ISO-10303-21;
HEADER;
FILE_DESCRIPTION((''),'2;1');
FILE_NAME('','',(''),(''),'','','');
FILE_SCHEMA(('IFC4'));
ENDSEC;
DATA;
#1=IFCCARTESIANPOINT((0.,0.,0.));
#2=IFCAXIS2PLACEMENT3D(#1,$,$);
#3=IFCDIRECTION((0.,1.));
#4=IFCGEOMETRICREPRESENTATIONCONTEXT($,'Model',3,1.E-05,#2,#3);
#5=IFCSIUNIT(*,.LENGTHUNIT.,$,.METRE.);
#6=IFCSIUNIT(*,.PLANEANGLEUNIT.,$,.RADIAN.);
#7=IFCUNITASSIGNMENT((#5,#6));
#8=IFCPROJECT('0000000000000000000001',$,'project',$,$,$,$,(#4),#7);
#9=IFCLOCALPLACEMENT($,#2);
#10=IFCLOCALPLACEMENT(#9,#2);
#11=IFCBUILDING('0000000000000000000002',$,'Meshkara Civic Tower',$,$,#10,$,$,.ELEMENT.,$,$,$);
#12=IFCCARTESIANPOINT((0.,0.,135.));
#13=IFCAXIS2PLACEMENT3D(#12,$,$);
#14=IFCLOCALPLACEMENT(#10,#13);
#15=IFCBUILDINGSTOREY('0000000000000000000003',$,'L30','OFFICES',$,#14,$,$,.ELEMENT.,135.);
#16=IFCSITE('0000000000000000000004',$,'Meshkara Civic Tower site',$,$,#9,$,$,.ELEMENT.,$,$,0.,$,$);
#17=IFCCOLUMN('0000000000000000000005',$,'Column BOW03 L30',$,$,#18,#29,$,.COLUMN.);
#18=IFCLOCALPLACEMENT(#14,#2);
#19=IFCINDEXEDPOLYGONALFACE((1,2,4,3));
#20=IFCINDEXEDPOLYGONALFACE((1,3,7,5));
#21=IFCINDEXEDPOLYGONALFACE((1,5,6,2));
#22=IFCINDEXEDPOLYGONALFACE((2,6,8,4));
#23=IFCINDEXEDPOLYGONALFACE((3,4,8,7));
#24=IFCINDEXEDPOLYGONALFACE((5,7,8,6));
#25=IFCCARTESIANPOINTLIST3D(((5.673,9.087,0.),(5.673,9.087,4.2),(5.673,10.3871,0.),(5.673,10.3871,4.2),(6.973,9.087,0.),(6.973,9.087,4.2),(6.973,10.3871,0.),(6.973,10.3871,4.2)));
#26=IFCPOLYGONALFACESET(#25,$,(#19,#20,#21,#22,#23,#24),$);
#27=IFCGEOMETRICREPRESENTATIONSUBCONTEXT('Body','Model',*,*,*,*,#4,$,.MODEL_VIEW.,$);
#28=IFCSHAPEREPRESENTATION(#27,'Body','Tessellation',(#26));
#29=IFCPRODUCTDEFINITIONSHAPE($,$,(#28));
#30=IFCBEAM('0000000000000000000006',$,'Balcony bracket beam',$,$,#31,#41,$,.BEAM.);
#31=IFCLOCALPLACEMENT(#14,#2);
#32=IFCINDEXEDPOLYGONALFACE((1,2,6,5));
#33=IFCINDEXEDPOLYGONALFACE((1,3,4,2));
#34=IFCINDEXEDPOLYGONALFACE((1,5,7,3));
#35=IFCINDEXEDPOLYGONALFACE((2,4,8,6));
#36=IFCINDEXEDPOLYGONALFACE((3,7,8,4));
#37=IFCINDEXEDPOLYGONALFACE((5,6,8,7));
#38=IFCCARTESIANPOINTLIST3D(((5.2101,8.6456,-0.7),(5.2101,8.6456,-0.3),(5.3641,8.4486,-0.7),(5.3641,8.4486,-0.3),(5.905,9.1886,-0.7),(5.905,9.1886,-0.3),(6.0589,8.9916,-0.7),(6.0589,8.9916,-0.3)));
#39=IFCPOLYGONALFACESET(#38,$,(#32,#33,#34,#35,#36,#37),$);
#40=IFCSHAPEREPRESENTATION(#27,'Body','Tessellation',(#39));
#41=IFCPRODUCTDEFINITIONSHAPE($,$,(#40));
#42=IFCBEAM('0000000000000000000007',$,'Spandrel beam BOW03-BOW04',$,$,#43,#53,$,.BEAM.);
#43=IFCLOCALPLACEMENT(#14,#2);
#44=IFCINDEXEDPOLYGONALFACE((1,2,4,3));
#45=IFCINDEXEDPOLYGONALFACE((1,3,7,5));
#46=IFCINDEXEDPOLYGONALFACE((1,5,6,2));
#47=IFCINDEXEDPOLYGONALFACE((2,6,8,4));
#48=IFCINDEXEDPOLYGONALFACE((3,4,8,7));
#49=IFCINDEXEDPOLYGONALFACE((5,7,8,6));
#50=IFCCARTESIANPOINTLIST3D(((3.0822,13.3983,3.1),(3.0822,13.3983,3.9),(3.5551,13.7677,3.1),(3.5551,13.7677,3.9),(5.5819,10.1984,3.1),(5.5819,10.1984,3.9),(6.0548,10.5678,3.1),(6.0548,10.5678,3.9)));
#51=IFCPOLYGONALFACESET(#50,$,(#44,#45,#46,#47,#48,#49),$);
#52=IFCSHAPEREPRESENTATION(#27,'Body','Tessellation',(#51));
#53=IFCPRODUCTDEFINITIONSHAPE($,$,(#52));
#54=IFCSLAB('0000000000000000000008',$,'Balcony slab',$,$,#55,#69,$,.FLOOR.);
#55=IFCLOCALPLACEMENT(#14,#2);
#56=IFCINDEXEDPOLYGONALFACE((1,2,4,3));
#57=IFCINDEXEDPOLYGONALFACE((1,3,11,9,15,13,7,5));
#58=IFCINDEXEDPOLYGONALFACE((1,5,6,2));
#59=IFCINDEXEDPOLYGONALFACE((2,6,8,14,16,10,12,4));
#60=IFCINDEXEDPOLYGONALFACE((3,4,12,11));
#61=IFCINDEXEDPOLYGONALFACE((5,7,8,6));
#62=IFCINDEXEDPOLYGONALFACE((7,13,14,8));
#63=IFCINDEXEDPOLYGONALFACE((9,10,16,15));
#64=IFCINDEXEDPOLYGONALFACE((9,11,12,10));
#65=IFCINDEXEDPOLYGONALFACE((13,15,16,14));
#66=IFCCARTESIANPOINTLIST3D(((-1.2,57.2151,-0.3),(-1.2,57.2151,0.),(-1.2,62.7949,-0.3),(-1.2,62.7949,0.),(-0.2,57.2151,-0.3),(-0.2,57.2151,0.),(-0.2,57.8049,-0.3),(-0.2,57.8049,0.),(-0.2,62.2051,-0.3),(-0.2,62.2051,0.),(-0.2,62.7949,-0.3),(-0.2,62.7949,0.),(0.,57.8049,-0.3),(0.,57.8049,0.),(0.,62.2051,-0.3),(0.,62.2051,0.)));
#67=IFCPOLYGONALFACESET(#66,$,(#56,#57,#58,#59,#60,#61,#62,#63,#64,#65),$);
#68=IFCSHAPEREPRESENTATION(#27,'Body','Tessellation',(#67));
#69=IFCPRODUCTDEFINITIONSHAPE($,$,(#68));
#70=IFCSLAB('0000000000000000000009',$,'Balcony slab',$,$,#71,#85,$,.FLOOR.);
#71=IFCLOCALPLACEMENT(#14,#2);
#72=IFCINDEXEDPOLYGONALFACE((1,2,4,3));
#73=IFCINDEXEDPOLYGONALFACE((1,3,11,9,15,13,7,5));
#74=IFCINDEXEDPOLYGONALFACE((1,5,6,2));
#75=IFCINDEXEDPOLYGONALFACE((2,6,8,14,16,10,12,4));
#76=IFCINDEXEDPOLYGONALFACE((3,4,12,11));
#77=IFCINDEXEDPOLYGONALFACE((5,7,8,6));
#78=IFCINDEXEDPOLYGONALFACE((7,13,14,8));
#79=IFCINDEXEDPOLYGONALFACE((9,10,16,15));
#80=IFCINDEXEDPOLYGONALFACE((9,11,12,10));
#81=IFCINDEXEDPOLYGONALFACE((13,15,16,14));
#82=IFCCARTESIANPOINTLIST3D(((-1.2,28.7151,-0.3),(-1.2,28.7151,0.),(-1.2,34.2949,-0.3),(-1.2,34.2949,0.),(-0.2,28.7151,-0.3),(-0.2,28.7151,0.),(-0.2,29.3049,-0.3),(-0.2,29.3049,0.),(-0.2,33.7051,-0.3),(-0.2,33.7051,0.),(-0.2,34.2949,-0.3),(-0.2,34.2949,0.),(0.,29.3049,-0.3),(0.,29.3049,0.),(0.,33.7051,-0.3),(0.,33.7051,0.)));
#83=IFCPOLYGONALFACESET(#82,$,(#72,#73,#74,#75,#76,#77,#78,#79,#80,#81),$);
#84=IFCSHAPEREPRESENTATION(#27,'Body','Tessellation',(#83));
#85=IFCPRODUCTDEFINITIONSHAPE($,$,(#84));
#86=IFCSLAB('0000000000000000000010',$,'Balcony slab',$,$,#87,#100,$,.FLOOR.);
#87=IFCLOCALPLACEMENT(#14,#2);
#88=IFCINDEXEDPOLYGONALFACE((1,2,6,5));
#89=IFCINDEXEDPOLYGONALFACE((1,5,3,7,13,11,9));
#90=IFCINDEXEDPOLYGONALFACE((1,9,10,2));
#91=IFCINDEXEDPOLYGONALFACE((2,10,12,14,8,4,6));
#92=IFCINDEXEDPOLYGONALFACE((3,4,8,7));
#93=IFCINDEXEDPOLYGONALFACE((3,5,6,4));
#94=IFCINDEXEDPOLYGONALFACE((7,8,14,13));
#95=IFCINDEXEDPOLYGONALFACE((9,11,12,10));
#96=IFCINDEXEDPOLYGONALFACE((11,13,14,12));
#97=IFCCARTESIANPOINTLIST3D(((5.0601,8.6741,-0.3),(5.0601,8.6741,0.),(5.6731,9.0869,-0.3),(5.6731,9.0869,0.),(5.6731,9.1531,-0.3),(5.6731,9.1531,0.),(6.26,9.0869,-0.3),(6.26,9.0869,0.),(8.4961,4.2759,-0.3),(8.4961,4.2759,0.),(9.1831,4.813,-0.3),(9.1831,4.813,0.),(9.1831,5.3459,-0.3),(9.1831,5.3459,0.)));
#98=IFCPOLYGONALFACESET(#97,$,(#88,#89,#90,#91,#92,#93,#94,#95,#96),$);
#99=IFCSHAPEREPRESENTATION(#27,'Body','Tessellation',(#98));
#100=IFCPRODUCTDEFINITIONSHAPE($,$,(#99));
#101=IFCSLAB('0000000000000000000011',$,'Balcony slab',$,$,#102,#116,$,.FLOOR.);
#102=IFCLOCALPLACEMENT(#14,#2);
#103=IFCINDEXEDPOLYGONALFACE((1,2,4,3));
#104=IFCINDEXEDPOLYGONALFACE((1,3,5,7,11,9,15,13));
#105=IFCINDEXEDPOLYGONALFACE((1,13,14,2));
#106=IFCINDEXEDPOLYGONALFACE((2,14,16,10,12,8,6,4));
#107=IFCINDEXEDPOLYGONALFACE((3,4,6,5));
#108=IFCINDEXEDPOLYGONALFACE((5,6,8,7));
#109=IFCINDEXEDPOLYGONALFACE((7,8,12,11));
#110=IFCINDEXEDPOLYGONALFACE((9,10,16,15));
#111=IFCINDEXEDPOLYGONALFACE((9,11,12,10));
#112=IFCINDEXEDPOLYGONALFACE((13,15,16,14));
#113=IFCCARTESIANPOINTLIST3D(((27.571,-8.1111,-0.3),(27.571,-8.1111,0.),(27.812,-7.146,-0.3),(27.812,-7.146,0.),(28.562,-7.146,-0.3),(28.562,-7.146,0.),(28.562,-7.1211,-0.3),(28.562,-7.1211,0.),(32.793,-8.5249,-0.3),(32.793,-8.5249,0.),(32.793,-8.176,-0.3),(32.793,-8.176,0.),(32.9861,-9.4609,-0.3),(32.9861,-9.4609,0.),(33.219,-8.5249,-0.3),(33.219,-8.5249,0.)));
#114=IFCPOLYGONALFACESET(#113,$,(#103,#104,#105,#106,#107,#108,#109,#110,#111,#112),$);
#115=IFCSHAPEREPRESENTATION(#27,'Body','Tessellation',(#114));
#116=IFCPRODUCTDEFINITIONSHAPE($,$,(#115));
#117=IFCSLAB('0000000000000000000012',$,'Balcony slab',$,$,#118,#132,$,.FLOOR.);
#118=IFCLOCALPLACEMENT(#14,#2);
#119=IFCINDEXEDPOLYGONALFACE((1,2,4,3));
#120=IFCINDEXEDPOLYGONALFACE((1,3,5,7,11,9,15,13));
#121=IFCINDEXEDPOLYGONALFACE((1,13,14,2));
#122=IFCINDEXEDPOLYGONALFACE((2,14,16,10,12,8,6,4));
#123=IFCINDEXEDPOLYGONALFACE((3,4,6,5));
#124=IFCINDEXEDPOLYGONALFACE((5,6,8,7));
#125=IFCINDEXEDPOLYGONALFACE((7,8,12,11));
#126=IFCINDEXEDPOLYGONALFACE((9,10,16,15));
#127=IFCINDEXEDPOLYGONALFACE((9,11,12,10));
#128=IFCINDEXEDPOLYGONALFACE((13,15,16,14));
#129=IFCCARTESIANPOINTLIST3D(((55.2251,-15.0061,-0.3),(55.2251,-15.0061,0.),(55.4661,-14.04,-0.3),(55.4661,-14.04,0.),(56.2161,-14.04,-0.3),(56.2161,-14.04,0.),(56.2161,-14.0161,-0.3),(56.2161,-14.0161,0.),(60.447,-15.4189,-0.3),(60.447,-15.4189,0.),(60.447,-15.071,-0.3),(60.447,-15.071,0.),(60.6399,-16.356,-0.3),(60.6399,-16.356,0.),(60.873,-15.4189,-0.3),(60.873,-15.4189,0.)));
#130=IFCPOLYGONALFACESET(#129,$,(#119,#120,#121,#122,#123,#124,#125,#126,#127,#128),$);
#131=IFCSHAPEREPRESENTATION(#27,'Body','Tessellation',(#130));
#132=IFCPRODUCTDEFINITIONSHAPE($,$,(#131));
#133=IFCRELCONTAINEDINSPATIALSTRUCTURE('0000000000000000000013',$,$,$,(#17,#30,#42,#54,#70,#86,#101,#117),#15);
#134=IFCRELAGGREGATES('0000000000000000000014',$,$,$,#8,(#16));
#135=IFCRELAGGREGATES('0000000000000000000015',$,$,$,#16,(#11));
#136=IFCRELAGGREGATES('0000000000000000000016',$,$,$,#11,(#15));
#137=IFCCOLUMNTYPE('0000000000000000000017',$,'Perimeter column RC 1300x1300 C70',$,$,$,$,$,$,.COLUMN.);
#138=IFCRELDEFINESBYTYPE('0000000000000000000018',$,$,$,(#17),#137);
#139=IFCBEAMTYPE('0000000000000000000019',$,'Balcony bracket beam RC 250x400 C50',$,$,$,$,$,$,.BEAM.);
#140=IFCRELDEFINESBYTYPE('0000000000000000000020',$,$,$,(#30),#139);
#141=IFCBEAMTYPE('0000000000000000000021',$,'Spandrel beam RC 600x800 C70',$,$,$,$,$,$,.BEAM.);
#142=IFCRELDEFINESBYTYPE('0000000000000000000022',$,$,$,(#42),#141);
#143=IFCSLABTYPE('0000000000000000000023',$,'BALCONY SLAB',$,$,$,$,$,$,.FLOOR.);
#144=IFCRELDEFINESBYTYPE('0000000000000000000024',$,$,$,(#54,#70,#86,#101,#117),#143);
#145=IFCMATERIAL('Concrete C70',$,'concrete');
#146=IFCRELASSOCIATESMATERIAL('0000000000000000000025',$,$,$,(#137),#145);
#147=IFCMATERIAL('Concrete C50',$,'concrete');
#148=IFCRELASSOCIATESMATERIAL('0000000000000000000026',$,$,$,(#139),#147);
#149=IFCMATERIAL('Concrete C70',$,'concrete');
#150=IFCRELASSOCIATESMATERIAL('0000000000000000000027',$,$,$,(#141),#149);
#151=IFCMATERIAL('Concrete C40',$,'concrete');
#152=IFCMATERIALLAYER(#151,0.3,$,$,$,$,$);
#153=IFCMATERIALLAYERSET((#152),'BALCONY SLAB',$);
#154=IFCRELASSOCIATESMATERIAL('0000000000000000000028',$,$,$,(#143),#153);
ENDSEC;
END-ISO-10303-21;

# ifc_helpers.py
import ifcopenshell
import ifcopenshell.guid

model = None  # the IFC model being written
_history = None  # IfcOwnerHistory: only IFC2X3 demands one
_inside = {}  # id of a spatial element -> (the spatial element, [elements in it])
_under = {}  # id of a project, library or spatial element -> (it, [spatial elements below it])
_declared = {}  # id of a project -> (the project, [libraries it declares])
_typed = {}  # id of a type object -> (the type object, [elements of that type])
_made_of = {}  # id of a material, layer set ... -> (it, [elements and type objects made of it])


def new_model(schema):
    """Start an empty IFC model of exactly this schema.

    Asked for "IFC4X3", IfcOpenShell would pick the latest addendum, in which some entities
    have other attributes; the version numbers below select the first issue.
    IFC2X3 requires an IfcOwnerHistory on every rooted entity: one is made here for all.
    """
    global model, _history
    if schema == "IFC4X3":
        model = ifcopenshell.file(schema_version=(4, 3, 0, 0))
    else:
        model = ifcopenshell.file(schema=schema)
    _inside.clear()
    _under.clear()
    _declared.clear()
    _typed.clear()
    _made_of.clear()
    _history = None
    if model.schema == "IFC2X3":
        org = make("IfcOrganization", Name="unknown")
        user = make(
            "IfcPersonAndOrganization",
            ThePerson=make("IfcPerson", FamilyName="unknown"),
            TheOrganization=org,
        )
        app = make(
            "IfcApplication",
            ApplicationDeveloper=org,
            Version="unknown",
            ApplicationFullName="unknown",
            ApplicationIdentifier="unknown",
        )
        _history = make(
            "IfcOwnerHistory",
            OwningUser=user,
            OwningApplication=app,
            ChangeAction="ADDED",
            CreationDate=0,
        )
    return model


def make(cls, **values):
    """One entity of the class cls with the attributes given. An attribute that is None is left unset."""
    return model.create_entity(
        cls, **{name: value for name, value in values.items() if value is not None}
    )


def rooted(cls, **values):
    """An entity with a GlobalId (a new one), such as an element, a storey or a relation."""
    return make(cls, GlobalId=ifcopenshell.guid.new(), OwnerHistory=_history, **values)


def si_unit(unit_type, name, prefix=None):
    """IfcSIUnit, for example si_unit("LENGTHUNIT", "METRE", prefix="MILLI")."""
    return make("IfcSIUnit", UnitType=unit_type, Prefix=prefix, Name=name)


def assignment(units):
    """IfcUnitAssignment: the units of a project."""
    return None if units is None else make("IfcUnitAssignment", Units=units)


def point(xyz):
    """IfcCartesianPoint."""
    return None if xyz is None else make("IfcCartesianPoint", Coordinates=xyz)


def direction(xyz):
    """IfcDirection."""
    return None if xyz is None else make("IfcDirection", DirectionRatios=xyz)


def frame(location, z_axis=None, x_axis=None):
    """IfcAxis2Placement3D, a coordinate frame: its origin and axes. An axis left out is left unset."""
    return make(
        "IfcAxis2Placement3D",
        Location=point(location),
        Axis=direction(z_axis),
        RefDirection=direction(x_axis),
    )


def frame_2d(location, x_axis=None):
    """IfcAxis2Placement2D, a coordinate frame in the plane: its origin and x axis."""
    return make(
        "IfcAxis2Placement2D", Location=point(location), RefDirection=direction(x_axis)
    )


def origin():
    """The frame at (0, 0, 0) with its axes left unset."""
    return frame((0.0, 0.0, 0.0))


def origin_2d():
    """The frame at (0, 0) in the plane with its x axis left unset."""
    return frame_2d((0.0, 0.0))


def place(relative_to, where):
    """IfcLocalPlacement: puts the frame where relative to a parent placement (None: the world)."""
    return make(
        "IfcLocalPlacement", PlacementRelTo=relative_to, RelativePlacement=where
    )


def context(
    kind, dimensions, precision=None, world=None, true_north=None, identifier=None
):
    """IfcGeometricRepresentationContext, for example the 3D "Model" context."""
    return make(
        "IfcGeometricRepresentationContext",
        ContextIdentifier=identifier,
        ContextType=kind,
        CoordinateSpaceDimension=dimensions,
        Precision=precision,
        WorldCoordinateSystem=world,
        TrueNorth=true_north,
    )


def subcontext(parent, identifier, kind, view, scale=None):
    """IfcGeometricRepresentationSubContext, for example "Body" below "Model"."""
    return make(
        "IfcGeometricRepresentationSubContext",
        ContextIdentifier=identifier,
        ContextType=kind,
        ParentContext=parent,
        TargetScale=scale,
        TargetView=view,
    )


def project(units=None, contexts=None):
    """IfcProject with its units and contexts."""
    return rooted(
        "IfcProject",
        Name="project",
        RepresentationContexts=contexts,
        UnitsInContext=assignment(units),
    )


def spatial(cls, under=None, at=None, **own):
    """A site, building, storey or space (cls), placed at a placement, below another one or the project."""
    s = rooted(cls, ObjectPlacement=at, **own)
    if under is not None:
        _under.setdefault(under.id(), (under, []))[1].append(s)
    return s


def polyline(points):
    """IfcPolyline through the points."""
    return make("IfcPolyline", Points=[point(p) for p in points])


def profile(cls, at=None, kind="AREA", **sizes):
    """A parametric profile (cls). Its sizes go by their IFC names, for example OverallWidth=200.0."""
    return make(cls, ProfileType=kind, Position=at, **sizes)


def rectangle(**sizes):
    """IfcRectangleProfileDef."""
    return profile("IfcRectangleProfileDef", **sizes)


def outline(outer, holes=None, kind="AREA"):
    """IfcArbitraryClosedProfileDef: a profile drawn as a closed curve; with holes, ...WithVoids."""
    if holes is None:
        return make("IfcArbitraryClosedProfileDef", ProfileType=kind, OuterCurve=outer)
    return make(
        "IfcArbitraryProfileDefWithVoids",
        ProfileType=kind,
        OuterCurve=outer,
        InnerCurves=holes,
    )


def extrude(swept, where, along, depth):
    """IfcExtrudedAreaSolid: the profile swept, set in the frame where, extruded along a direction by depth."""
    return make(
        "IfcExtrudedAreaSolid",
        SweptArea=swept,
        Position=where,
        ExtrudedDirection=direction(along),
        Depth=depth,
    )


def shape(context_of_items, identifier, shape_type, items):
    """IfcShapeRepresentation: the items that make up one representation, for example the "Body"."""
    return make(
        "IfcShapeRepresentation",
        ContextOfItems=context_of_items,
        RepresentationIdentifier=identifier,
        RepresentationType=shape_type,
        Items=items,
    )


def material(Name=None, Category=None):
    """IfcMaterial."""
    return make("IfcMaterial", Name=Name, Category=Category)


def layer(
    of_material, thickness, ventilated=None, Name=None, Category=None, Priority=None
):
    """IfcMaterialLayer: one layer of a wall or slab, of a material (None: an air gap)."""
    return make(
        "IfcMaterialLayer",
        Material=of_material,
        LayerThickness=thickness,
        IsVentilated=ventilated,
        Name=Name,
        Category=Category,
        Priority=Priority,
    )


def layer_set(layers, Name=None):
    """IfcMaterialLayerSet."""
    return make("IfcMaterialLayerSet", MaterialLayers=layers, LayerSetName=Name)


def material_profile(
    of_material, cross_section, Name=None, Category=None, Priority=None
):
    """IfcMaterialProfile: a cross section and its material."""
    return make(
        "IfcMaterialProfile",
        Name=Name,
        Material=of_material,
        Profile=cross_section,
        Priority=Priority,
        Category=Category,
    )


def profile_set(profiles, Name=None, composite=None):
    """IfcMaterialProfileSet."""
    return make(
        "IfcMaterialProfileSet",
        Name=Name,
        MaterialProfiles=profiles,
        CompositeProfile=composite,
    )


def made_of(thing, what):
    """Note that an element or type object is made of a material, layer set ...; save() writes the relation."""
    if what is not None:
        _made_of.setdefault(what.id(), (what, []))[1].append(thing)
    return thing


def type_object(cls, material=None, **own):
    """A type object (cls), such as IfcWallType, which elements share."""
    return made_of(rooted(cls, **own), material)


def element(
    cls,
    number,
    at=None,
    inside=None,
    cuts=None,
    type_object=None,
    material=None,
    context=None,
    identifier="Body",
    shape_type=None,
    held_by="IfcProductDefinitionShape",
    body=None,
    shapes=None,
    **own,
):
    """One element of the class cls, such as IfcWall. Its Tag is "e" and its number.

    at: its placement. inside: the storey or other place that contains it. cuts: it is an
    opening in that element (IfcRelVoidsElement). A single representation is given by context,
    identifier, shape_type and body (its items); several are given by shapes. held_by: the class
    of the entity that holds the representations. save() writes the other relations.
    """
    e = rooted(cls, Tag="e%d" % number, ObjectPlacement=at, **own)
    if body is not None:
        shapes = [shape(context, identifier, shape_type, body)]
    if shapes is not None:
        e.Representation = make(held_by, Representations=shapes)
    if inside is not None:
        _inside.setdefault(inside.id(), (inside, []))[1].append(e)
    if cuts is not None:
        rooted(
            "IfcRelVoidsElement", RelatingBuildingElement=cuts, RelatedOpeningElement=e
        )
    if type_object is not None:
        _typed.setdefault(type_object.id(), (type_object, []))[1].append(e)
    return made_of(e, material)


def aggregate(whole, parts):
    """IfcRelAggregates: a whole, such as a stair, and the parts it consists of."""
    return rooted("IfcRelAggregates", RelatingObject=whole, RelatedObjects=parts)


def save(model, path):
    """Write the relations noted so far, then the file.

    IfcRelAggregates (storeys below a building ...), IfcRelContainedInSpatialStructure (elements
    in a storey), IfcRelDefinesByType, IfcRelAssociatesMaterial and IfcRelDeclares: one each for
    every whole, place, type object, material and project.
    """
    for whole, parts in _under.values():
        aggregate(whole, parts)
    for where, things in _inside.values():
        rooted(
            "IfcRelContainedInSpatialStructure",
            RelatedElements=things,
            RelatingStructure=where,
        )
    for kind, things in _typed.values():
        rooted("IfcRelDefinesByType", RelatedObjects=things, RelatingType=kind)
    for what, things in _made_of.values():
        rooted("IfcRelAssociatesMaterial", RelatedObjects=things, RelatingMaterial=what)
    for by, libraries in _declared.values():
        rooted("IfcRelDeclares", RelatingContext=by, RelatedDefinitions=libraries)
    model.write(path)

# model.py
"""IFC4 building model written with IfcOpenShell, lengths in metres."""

from ifc_helpers import new_model, si_unit, direction, frame, origin, origin_2d, place, context, subcontext, project, spatial, polyline, rectangle, outline, extrude, material, layer, layer_set, material_profile, profile_set, type_object, element, save


model = new_model("IFC4")

# Units and contexts
model_context = context("Model", 3, precision=1e-05, world=origin(), true_north=direction((0.0, 1.0)))
body_context = subcontext(model_context, "Body", "Model", "MODEL_VIEW")
ifc_project = project(units=[si_unit("LENGTHUNIT", "METRE"), si_unit("PLANEANGLEUNIT", "RADIAN")], contexts=[model_context])

# Site, building, storey
site_placement = place(None, origin())
site = spatial("IfcSite", under=ifc_project, at=site_placement, Name="Meshkara Civic Tower site", CompositionType="ELEMENT", RefElevation=0.0)
building_placement = place(site_placement, origin())
building = spatial("IfcBuilding", under=site, at=building_placement, Name="Meshkara Civic Tower", CompositionType="ELEMENT")
storey_placement = place(building_placement, frame((0.0, 0.0, 135.0)))
storey = spatial("IfcBuildingStorey", under=building, at=storey_placement, Name="L30", Description="OFFICES", CompositionType="ELEMENT", Elevation=135.0)

# Column
ifc_material_1 = material(Name="Concrete C70", Category="concrete")
ifc_material_profile_1 = material_profile(ifc_material_1, rectangle(XDim=1.3, YDim=1.3, at=origin_2d()))
ifc_profile_set_1 = profile_set([ifc_material_profile_1], Name="Concrete C70")
column_type = type_object("IfcColumnType", Name="Perimeter column RC 1300x1300 C70", PredefinedType="COLUMN", material=ifc_profile_set_1)
column_placement = place(storey_placement, frame((6.323, 9.7371, 0.0), z_axis=(0.0, 0.0, 1.0), x_axis=(1.0, 0.0, 0.0)))
element("IfcColumn", 1, at=column_placement, inside=storey, type_object=column_type, Name="Column BOW03 L30", PredefinedType="COLUMN", context=body_context, shape_type="SweptSolid", body=[
    extrude(rectangle(XDim=1.3, YDim=1.3, at=origin_2d()), origin(), (0.0, 0.0, 1.0), 4.2),
])

# Beams
ifc_material_2 = material(Name="Concrete C50", Category="concrete")
ifc_material_profile_2 = material_profile(ifc_material_2, rectangle(XDim=0.25, YDim=0.3999, at=origin_2d()))
ifc_profile_set_2 = profile_set([ifc_material_profile_2], Name="Concrete C50")
beam_type_1 = type_object("IfcBeamType", Name="Balcony bracket beam RC 250x400 C50", PredefinedType="BEAM", material=ifc_profile_set_2)
beam_1_placement = place(storey_placement, frame((5.9819, 9.0901, -0.5), z_axis=(-0.787949, -0.615741, 0.0), x_axis=(0.615741, -0.787949, 0.0)))
element("IfcBeam", 2, at=beam_1_placement, inside=storey, type_object=beam_type_1, Name="Balcony bracket beam", PredefinedType="BEAM", context=body_context, shape_type="SweptSolid", body=[
    extrude(rectangle(XDim=0.25, YDim=0.3999, at=origin_2d()), origin(), (0.0, 0.0, 1.0), 0.8818),
])
ifc_material_3 = material(Name="Concrete C70", Category="concrete")
ifc_material_profile_3 = material_profile(ifc_material_3, rectangle(XDim=0.6001, YDim=0.8, at=origin_2d()))
ifc_profile_set_3 = profile_set([ifc_material_profile_3], Name="Concrete C70")
beam_type_2 = type_object("IfcBeamType", Name="Spandrel beam RC 600x800 C70", PredefinedType="BEAM", material=ifc_profile_set_3)
beam_2_placement = place(storey_placement, frame((3.3186, 13.583, 3.5), z_axis=(0.615613, -0.788049, 0.0), x_axis=(0.788049, 0.615613, 0.0)))
element("IfcBeam", 3, at=beam_2_placement, inside=storey, type_object=beam_type_2, Name="Spandrel beam BOW03-BOW04", PredefinedType="BEAM", context=body_context, shape_type="SweptSolid", body=[
    extrude(rectangle(XDim=0.6001, YDim=0.8, at=origin_2d()), origin(), (0.0, 0.0, 1.0), 4.0605),
])

# Slabs
ifc_material_4 = material(Name="Concrete C40", Category="concrete")
ifc_layer_1 = layer(ifc_material_4, 0.3)
ifc_layer_set_1 = layer_set([ifc_layer_1], Name="BALCONY SLAB")
slab_type_1 = type_object("IfcSlabType", Name="BALCONY SLAB", PredefinedType="FLOOR", material=ifc_layer_set_1)
slab_1_placement = place(storey_placement, frame((0.0, 0.0, -0.3)))
element("IfcSlab", 4, at=slab_1_placement, inside=storey, type_object=slab_type_1, Name="Balcony slab", PredefinedType="FLOOR", context=body_context, shape_type="SweptSolid", body=[
    extrude(outline(polyline([(-1.2, 57.2151), (-1.2, 62.7949), (-0.2, 62.7949), (-0.2, 62.2051), (0.0, 62.2051), (0.0, 57.8049), (-0.2, 57.8049), (-0.2, 57.2151), (-1.2, 57.2151)])), origin(), (0.0, 0.0, 1.0), 0.3),
])
slab_2_placement = place(storey_placement, frame((0.0, 0.0, -0.3)))
element("IfcSlab", 5, at=slab_2_placement, inside=storey, type_object=slab_type_1, Name="Balcony slab", PredefinedType="FLOOR", context=body_context, shape_type="SweptSolid", body=[
    extrude(outline(polyline([(-1.2, 28.7151), (-1.2, 34.2949), (-0.2, 34.2949), (-0.2, 33.7051), (0.0, 33.7051), (0.0, 29.3049), (-0.2, 29.3049), (-0.2, 28.7151), (-1.2, 28.7151)])), origin(), (0.0, 0.0, 1.0), 0.3),
])
slab_3_placement = place(storey_placement, frame((0.0, 0.0, -0.3)))
element("IfcSlab", 6, at=slab_3_placement, inside=storey, type_object=slab_type_1, Name="Balcony slab", PredefinedType="FLOOR", context=body_context, shape_type="SweptSolid", body=[
    extrude(outline(polyline([(8.4961, 4.2759), (5.0601, 8.6741), (5.6731, 9.1531), (5.6731, 9.0869), (6.26, 9.0869), (9.1831, 5.3459), (9.1831, 4.813), (8.4961, 4.2759)])), origin(), (0.0, 0.0, 1.0), 0.3),
])
slab_4_placement = place(storey_placement, frame((0.0, 0.0, -0.3)))
element("IfcSlab", 7, at=slab_4_placement, inside=storey, type_object=slab_type_1, Name="Balcony slab", PredefinedType="FLOOR", context=body_context, shape_type="SweptSolid", body=[
    extrude(outline(polyline([(32.9861, -9.4609), (27.571, -8.1111), (27.812, -7.146), (28.562, -7.146), (28.562, -7.1211), (32.793, -8.176), (32.793, -8.5249), (33.219, -8.5249), (32.9861, -9.4609)])), origin(), (0.0, 0.0, 1.0), 0.3),
])
slab_5_placement = place(storey_placement, frame((0.0, 0.0, -0.3)))
element("IfcSlab", 8, at=slab_5_placement, inside=storey, type_object=slab_type_1, Name="Balcony slab", PredefinedType="FLOOR", context=body_context, shape_type="SweptSolid", body=[
    extrude(outline(polyline([(60.6399, -16.356), (55.2251, -15.0061), (55.4661, -14.04), (56.2161, -14.04), (56.2161, -14.0161), (60.447, -15.071), (60.447, -15.4189), (60.873, -15.4189), (60.6399, -16.356)])), origin(), (0.0, 0.0, 1.0), 0.3),
])

save(model, "model.ifc")
